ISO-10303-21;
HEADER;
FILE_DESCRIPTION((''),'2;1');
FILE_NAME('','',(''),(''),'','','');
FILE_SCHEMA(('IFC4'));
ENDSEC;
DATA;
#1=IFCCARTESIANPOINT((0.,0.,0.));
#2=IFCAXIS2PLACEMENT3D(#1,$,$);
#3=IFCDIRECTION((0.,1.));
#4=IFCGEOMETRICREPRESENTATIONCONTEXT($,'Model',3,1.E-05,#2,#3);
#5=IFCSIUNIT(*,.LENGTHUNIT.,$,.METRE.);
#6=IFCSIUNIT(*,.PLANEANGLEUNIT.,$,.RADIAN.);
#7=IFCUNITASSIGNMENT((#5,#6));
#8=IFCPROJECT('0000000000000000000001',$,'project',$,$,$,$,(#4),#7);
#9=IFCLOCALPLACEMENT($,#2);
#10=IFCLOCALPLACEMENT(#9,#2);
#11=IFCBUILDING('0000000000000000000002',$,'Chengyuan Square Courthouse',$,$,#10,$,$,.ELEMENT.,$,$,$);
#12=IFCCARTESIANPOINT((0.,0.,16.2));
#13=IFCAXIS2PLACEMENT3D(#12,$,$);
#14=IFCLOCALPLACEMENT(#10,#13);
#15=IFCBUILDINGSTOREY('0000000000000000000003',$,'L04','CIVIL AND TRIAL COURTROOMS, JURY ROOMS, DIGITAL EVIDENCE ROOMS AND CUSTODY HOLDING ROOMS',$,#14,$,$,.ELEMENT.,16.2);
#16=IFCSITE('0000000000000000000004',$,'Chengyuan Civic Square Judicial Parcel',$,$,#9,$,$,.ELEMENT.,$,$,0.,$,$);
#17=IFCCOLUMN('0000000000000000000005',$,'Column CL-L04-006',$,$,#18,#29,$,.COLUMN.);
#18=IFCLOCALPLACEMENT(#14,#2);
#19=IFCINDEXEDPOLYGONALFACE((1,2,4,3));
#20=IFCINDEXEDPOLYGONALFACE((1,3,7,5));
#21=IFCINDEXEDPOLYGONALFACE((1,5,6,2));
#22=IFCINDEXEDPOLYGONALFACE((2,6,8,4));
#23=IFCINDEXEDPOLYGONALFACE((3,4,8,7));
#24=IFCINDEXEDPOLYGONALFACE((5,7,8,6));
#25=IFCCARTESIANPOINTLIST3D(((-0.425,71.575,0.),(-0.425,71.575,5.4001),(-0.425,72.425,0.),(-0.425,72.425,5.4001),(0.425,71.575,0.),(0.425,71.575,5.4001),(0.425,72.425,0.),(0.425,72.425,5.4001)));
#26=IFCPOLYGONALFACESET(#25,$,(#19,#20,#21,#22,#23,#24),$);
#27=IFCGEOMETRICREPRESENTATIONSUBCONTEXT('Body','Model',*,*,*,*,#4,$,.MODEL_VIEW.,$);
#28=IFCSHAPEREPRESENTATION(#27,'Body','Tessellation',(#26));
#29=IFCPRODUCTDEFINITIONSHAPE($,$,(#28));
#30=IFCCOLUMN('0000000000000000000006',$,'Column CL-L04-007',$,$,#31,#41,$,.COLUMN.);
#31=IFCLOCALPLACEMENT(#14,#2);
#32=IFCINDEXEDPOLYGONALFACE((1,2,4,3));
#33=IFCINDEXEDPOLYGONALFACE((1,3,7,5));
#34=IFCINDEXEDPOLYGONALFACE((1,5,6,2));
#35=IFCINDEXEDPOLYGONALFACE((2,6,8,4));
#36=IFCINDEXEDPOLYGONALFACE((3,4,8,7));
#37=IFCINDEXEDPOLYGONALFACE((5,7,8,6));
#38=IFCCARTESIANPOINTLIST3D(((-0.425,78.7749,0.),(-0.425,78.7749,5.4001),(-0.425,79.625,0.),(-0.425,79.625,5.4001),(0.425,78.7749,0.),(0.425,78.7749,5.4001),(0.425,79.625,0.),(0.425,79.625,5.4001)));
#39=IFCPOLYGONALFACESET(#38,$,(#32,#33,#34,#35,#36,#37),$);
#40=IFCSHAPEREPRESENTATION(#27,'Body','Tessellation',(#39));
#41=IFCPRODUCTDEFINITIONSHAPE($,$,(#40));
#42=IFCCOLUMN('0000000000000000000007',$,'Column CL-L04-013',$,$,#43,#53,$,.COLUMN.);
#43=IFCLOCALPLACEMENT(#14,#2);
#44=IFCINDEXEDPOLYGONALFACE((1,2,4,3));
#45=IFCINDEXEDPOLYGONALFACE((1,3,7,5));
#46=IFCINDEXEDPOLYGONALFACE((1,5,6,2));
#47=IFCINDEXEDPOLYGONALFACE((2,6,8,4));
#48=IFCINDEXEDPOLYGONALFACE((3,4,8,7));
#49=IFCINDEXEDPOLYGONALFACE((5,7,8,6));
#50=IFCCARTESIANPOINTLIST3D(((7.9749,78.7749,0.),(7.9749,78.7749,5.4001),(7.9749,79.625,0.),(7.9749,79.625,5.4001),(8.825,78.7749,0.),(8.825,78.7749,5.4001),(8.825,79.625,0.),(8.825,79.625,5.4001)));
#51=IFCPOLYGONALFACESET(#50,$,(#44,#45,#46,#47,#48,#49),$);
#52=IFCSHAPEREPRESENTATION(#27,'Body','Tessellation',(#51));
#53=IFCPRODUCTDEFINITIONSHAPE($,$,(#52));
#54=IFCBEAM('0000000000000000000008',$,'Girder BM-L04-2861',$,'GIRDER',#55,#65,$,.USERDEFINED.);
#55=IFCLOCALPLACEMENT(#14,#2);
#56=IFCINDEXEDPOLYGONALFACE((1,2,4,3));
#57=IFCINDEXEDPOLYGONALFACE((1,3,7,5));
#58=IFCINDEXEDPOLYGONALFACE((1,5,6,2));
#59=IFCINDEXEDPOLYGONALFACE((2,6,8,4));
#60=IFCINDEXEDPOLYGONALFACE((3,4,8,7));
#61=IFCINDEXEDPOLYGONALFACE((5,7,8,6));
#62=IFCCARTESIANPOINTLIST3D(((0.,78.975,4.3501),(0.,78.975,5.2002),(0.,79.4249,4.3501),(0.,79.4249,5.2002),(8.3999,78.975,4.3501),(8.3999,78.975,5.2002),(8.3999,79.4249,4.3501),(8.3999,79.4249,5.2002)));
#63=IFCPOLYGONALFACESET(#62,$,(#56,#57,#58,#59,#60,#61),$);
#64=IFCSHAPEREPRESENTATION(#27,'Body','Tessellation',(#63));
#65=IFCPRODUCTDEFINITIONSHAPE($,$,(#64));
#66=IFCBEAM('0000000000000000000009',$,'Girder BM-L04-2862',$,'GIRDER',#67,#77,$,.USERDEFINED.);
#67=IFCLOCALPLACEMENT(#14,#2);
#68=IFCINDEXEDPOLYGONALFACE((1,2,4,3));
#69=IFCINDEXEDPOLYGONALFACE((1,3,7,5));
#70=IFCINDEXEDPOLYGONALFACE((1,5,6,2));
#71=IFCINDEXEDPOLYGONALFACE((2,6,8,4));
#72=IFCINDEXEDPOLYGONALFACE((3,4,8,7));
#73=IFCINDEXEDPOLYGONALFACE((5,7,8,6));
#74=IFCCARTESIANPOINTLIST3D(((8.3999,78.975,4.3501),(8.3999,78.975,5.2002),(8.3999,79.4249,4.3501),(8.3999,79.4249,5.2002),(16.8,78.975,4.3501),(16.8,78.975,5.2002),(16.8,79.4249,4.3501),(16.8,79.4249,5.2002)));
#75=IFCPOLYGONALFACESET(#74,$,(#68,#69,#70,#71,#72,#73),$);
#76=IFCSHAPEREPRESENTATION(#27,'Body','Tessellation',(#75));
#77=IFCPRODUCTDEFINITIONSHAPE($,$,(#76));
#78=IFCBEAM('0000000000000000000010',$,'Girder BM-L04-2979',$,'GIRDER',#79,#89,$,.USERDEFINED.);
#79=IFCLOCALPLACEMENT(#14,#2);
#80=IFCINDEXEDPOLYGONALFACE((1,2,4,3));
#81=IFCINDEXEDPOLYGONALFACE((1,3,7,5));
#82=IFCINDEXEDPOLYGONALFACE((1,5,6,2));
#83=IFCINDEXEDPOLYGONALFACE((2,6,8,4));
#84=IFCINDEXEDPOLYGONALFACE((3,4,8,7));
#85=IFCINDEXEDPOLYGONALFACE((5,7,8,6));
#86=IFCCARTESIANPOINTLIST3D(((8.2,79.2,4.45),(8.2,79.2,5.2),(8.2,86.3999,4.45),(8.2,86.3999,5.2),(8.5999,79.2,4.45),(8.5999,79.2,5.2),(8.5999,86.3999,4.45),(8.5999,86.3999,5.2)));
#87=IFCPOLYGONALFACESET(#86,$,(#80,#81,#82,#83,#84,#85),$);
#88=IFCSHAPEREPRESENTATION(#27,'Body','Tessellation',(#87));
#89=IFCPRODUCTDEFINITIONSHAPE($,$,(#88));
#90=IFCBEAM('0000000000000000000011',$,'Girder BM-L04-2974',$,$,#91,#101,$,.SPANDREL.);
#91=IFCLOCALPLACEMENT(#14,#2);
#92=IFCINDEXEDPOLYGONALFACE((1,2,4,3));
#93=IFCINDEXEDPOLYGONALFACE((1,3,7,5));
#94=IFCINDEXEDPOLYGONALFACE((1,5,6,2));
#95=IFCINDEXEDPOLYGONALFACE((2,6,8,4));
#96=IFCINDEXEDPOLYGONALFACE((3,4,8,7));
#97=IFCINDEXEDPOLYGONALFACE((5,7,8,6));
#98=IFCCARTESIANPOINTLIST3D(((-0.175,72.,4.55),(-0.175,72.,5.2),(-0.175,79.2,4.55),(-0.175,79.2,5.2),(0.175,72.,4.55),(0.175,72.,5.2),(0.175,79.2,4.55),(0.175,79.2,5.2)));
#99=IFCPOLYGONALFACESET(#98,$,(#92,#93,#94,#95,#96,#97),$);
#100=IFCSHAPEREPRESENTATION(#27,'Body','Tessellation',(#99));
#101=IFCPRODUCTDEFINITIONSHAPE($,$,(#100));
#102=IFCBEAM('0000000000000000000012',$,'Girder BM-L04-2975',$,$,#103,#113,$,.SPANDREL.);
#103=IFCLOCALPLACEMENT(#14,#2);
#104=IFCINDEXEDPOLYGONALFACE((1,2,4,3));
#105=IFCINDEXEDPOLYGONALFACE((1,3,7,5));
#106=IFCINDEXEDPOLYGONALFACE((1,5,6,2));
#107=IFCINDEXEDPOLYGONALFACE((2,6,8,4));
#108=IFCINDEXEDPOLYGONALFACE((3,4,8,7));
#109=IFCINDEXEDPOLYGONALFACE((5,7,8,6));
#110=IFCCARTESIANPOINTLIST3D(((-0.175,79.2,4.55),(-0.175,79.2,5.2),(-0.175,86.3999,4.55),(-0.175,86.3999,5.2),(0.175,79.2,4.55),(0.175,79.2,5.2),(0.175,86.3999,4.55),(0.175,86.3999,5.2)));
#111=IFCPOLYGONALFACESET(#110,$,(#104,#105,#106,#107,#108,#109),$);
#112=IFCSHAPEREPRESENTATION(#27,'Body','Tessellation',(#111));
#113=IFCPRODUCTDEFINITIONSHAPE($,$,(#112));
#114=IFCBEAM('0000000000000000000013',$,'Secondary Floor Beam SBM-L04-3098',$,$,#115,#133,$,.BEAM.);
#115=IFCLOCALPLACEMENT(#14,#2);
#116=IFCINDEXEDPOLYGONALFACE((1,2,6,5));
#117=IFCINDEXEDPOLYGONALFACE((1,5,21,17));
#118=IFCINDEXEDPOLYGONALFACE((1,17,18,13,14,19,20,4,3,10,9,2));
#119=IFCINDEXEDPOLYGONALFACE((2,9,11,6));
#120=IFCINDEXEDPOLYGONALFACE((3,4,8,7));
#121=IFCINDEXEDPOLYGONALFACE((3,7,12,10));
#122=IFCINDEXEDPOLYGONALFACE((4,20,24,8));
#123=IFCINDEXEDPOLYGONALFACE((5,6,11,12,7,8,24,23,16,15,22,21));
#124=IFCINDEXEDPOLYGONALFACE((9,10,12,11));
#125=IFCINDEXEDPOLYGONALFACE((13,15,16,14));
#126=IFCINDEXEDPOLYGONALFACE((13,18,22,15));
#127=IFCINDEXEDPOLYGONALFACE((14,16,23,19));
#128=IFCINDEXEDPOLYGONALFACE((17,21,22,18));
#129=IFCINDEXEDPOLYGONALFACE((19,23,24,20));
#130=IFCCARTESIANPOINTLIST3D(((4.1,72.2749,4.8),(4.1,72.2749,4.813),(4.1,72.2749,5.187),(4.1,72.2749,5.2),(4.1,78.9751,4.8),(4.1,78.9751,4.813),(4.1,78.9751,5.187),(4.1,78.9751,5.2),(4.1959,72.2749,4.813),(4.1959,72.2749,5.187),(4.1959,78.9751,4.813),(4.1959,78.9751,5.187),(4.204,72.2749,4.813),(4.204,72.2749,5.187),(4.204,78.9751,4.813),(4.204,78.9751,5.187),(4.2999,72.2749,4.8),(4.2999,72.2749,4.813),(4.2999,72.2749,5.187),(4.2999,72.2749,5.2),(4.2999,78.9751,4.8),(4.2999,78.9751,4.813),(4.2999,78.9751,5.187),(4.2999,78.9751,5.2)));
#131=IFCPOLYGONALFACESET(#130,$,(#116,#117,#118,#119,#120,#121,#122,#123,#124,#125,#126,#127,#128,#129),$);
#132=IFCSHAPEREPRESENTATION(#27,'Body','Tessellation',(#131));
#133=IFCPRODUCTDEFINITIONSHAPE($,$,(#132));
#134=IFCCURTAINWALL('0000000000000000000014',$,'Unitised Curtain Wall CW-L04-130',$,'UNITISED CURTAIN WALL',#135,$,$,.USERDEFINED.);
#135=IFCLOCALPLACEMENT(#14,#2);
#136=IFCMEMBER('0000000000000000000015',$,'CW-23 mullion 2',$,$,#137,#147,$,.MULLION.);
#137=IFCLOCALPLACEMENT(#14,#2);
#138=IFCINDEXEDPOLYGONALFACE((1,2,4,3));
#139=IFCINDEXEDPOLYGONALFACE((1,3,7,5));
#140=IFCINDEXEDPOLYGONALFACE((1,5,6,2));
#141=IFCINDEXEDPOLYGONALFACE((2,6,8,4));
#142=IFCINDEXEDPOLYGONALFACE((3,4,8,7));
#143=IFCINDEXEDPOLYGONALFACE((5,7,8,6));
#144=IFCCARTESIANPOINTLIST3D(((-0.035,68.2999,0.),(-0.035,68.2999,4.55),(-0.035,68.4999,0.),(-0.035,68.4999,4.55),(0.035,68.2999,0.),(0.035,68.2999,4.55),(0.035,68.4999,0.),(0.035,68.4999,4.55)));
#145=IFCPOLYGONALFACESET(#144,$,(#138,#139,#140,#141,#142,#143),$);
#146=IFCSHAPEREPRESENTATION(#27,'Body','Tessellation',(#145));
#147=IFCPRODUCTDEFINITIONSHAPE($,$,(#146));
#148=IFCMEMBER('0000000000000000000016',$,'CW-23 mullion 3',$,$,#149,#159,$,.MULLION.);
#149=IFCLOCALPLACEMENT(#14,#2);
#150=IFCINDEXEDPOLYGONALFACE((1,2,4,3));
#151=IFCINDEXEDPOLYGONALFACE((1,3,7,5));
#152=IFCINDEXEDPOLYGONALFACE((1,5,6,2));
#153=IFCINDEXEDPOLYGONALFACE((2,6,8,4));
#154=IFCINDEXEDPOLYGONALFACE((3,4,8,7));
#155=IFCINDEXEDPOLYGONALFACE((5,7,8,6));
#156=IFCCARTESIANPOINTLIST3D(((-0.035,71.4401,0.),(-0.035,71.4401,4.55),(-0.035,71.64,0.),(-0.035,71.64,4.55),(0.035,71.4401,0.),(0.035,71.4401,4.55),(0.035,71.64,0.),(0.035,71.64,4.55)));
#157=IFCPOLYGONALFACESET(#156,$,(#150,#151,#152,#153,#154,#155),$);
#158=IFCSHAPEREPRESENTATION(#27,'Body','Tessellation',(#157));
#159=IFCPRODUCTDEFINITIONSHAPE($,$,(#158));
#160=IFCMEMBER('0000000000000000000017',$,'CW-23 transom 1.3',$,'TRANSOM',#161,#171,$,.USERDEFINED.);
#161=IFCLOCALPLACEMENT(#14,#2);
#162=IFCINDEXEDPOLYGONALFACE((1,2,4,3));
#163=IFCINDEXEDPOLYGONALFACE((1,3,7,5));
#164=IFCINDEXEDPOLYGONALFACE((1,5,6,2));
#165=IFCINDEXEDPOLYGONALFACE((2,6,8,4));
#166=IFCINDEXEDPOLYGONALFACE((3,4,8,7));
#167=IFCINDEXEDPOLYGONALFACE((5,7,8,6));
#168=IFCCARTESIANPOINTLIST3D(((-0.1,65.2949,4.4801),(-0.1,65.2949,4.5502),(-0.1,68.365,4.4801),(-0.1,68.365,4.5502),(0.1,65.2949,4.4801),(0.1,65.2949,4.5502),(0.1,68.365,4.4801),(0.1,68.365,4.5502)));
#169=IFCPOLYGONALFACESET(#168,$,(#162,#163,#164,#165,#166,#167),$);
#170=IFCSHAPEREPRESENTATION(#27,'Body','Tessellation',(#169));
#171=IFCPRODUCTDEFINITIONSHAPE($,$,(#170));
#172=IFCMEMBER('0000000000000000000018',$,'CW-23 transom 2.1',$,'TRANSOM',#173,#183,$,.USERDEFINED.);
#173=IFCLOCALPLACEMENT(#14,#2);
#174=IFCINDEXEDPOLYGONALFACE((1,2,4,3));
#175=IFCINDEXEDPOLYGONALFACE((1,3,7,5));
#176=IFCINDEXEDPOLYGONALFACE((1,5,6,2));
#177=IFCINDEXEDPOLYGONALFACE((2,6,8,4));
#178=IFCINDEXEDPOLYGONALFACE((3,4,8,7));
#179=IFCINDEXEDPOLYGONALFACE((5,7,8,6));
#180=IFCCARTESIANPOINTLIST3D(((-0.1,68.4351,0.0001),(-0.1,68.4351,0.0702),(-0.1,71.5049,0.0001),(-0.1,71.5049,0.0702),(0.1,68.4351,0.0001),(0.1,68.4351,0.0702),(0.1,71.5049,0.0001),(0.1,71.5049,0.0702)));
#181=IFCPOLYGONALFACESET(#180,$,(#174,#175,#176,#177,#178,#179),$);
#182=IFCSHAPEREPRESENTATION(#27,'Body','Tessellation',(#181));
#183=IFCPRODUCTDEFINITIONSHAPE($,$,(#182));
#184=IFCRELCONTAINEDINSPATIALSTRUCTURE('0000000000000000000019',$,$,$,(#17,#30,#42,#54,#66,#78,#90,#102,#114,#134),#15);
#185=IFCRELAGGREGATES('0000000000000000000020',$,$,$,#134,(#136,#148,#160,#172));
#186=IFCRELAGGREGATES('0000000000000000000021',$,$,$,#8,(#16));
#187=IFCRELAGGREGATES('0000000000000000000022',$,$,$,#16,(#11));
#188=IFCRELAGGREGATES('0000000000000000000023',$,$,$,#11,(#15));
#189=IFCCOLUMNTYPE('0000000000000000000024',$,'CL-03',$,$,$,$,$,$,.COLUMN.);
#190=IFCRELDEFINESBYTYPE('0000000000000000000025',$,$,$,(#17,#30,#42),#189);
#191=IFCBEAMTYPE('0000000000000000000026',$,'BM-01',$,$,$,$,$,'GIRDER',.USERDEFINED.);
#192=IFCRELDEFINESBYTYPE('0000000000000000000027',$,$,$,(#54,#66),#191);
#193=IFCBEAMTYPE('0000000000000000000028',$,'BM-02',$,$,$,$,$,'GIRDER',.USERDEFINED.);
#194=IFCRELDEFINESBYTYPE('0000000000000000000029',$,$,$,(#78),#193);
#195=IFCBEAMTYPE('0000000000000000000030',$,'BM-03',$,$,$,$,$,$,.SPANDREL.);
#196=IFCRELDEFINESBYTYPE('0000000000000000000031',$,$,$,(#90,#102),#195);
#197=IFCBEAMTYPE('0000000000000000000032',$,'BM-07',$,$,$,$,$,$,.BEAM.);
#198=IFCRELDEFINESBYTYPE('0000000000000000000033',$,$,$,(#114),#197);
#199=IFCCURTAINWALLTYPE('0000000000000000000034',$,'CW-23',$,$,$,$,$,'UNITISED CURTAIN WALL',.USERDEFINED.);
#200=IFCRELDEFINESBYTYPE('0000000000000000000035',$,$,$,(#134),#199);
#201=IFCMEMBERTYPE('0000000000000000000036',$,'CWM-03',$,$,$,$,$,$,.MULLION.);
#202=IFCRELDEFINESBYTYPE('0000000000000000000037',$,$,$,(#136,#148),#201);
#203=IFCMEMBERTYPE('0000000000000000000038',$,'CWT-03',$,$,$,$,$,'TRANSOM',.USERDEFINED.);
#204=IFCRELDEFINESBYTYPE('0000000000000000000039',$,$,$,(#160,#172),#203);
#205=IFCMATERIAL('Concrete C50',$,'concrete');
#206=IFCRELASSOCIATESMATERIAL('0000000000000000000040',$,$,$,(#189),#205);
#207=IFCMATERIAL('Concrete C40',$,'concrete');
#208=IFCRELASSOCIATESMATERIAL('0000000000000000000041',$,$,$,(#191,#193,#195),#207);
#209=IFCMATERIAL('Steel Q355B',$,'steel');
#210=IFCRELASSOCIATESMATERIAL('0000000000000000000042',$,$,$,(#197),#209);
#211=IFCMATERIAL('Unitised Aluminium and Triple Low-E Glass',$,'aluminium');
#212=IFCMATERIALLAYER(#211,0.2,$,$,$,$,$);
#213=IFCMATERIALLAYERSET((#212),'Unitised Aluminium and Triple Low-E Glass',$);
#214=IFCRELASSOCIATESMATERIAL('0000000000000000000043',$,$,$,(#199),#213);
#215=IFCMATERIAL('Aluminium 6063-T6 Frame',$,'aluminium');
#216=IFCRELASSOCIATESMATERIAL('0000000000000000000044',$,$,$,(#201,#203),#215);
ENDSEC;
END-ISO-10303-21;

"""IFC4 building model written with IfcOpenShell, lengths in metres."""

from ifc_helpers import new_model, si_unit, direction, frame, origin, origin_2d, place, context, subcontext, project, spatial, rectangle, i_section, extrude, material, layer, layer_set, material_profile, profile_set, type_object, element, aggregate, save


model = new_model("IFC4")

# Units and contexts
model_context = context("Model", 3, precision=1e-05, world=origin(), true_north=direction((0.0, 1.0)))
body_context = subcontext(model_context, "Body", "Model", "MODEL_VIEW")
ifc_project = project(units=[si_unit("LENGTHUNIT", "METRE"), si_unit("PLANEANGLEUNIT", "RADIAN")], contexts=[model_context])

# Site, building, storey
site_placement = place(None, origin())
site = spatial("IfcSite", under=ifc_project, at=site_placement, Name="Chengyuan Civic Square Judicial Parcel", CompositionType="ELEMENT", RefElevation=0.0)
building_placement = place(site_placement, origin())
building = spatial("IfcBuilding", under=site, at=building_placement, Name="Chengyuan Square Courthouse", CompositionType="ELEMENT")
storey_placement = place(building_placement, frame((0.0, 0.0, 16.2)))
storey = spatial("IfcBuildingStorey", under=building, at=storey_placement, Name="L04", Description="CIVIL AND TRIAL COURTROOMS, JURY ROOMS, DIGITAL EVIDENCE ROOMS AND CUSTODY HOLDING ROOMS", CompositionType="ELEMENT", Elevation=16.2)

# Columns
ifc_material_1 = material(Name="Concrete C50", Category="concrete")
ifc_material_profile_1 = material_profile(ifc_material_1, rectangle(XDim=0.8501, YDim=0.8501, at=origin_2d()), Name="RC-COL-850x850")
ifc_profile_set_1 = profile_set([ifc_material_profile_1], Name="Concrete C50")
column_type = type_object("IfcColumnType", Name="CL-03", PredefinedType="COLUMN", material=ifc_profile_set_1)
for number, where, z_axis, x_axis, name in (
    (1, (0.0, 72.0, 0.0), (0.0, 0.0, 1.0), (1.0, 0.0, 0.0), "Column CL-L04-006"),
    (2, (0.0, 79.2, 0.0), (0.0, 0.0, 1.0), (1.0, 0.0, 0.0), "Column CL-L04-007"),
    (3, (8.3999, 79.2, 0.0), (0.0, 0.0, 1.0), (1.0, 0.0, 0.0), "Column CL-L04-013"),
):
    element("IfcColumn", number, at=place(storey_placement, frame(where, z_axis=z_axis, x_axis=x_axis)), inside=storey, type_object=column_type, Name=name, PredefinedType="COLUMN", context=body_context, shape_type="SweptSolid", body=[
        extrude(rectangle(XDim=0.8501, YDim=0.8501, at=origin_2d()), origin(), (0.0, 0.0, 1.0), 5.4001),
    ])

# Beams
ifc_material_2 = material(Name="Concrete C40", Category="concrete")
ifc_material_profile_2 = material_profile(ifc_material_2, rectangle(XDim=0.45, YDim=0.8501, at=origin_2d()), Name="RC-BM-450x850")
ifc_profile_set_2 = profile_set([ifc_material_profile_2], Name="Concrete C40")
beam_type_1 = type_object("IfcBeamType", Name="BM-01", ElementType="GIRDER", PredefinedType="USERDEFINED", material=ifc_profile_set_2)
beam_1_placement = place(storey_placement, frame((0.0, 79.2, 4.7751), z_axis=(1.0, 0.0, 0.0), x_axis=(0.0, 1.0, 0.0)))
element("IfcBeam", 4, at=beam_1_placement, inside=storey, type_object=beam_type_1, Name="Girder BM-L04-2861", ObjectType="GIRDER", PredefinedType="USERDEFINED", context=body_context, shape_type="SweptSolid", body=[
    extrude(rectangle(XDim=0.45, YDim=0.8501, at=origin_2d()), origin(), (0.0, 0.0, 1.0), 8.3999),
])
beam_2_placement = place(storey_placement, frame((8.3999, 79.2, 4.7751), z_axis=(1.0, 0.0, 0.0), x_axis=(0.0, 1.0, 0.0)))
element("IfcBeam", 5, at=beam_2_placement, inside=storey, type_object=beam_type_1, Name="Girder BM-L04-2862", ObjectType="GIRDER", PredefinedType="USERDEFINED", context=body_context, shape_type="SweptSolid", body=[
    extrude(rectangle(XDim=0.45, YDim=0.8501, at=origin_2d()), origin(), (0.0, 0.0, 1.0), 8.4001),
])
ifc_material_profile_3 = material_profile(ifc_material_2, rectangle(XDim=0.3999, YDim=0.75, at=origin_2d()), Name="RC-BM-400x750")
ifc_profile_set_3 = profile_set([ifc_material_profile_3], Name="Concrete C40")
beam_type_2 = type_object("IfcBeamType", Name="BM-02", ElementType="GIRDER", PredefinedType="USERDEFINED", material=ifc_profile_set_3)
beam_3_placement = place(storey_placement, frame((8.3999, 79.2, 4.825), z_axis=(0.0, 1.0, 0.0), x_axis=(-1.0, 0.0, 0.0)))
element("IfcBeam", 6, at=beam_3_placement, inside=storey, type_object=beam_type_2, Name="Girder BM-L04-2979", ObjectType="GIRDER", PredefinedType="USERDEFINED", context=body_context, shape_type="SweptSolid", body=[
    extrude(rectangle(XDim=0.3999, YDim=0.75, at=origin_2d()), origin(), (0.0, 0.0, 1.0), 7.2),
])
ifc_material_profile_4 = material_profile(ifc_material_2, rectangle(XDim=0.3501, YDim=0.6499, at=origin_2d()), Name="RC-BM-350x650")
ifc_profile_set_4 = profile_set([ifc_material_profile_4], Name="Concrete C40")
beam_type_3 = type_object("IfcBeamType", Name="BM-03", PredefinedType="SPANDREL", material=ifc_profile_set_4)
for number, where, z_axis, x_axis, name in (
    (7, (0.0, 72.0, 4.875), (0.0, 1.0, 0.0), (-1.0, 0.0, 0.0), "Girder BM-L04-2974"),
    (8, (0.0, 79.2, 4.875), (0.0, 1.0, 0.0), (-1.0, 0.0, 0.0), "Girder BM-L04-2975"),
):
    element("IfcBeam", number, at=place(storey_placement, frame(where, z_axis=z_axis, x_axis=x_axis)), inside=storey, type_object=beam_type_3, Name=name, PredefinedType="SPANDREL", context=body_context, shape_type="SweptSolid", body=[
        extrude(rectangle(XDim=0.3501, YDim=0.6499, at=origin_2d()), origin(), (0.0, 0.0, 1.0), 7.2),
    ])
ifc_material_3 = material(Name="Steel Q355B", Category="steel")
ifc_material_profile_5 = material_profile(ifc_material_3, i_section(OverallWidth=0.2, OverallDepth=0.3999, WebThickness=0.0081, FlangeThickness=0.0129, at=origin_2d()), Name="HN 400x200x8x13")
ifc_profile_set_5 = profile_set([ifc_material_profile_5], Name="Steel Q355B")
beam_type_4 = type_object("IfcBeamType", Name="BM-07", PredefinedType="BEAM", material=ifc_profile_set_5)
beam_4_placement = place(storey_placement, frame((4.2, 72.2749, 5.0), z_axis=(0.0, 1.0, 0.0), x_axis=(-1.0, 0.0, 0.0)))
element("IfcBeam", 9, at=beam_4_placement, inside=storey, type_object=beam_type_4, Name="Secondary Floor Beam SBM-L04-3098", PredefinedType="BEAM", context=body_context, shape_type="SweptSolid", body=[
    extrude(i_section(OverallWidth=0.2, OverallDepth=0.3999, WebThickness=0.0081, FlangeThickness=0.0129, at=origin_2d()), origin(), (0.0, 0.0, 1.0), 6.7002),
])

# Curtain wall, members
ifc_material_4 = material(Name="Unitised Aluminium and Triple Low-E Glass", Category="aluminium")
ifc_layer_1 = layer(ifc_material_4, 0.2)
ifc_layer_set_1 = layer_set([ifc_layer_1], Name="Unitised Aluminium and Triple Low-E Glass")
curtain_wall_type = type_object("IfcCurtainWallType", Name="CW-23", ElementType="UNITISED CURTAIN WALL", PredefinedType="USERDEFINED", material=ifc_layer_set_1)
curtain_wall_placement = place(storey_placement, origin())
curtain_wall = element("IfcCurtainWall", 10, at=curtain_wall_placement, inside=storey, type_object=curtain_wall_type, Name="Unitised Curtain Wall CW-L04-130", ObjectType="UNITISED CURTAIN WALL", PredefinedType="USERDEFINED")
ifc_material_5 = material(Name="Aluminium 6063-T6 Frame", Category="aluminium")
ifc_material_profile_6 = material_profile(ifc_material_5, rectangle(XDim=0.0701, YDim=0.2, at=origin_2d()), Name="CW-MUL-70x200")
ifc_profile_set_6 = profile_set([ifc_material_profile_6], Name="Aluminium 6063-T6 Frame")
member_type_1 = type_object("IfcMemberType", Name="CWM-03", PredefinedType="MULLION", material=ifc_profile_set_6)
member_1_placement = place(storey_placement, frame((0.0, 68.3999, 0.0), z_axis=(0.0, 0.0, 1.0), x_axis=(-1.0, 0.0, 0.0)))
member_1 = element("IfcMember", 11, at=member_1_placement, type_object=member_type_1, Name="CW-23 mullion 2", PredefinedType="MULLION", context=body_context, shape_type="SweptSolid", body=[
    extrude(rectangle(XDim=0.0701, YDim=0.2, at=origin_2d()), origin(), (0.0, 0.0, 1.0), 4.55),
])
member_2_placement = place(storey_placement, frame((0.0, 71.54, 0.0), z_axis=(0.0, 0.0, 1.0), x_axis=(-1.0, 0.0, 0.0)))
member_2 = element("IfcMember", 12, at=member_2_placement, type_object=member_type_1, Name="CW-23 mullion 3", PredefinedType="MULLION", context=body_context, shape_type="SweptSolid", body=[
    extrude(rectangle(XDim=0.0701, YDim=0.2, at=origin_2d()), origin(), (0.0, 0.0, 1.0), 4.55),
])
ifc_material_profile_7 = material_profile(ifc_material_5, rectangle(XDim=0.2, YDim=0.0701, at=origin_2d()), Name="CW-TRN-70x160")
ifc_profile_set_7 = profile_set([ifc_material_profile_7], Name="Aluminium 6063-T6 Frame")
member_type_2 = type_object("IfcMemberType", Name="CWT-03", ElementType="TRANSOM", PredefinedType="USERDEFINED", material=ifc_profile_set_7)
member_3_placement = place(storey_placement, frame((0.0, 65.2949, 4.5151), z_axis=(0.0, 1.0, 0.0), x_axis=(-1.0, 0.0, 0.0)))
member_3 = element("IfcMember", 13, at=member_3_placement, type_object=member_type_2, Name="CW-23 transom 1.3", ObjectType="TRANSOM", PredefinedType="USERDEFINED", context=body_context, shape_type="SweptSolid", body=[
    extrude(rectangle(XDim=0.2, YDim=0.0701, at=origin_2d()), origin(), (0.0, 0.0, 1.0), 3.0701),
])
member_4_placement = place(storey_placement, frame((0.0, 68.4351, 0.0352), z_axis=(0.0, 1.0, 0.0), x_axis=(-1.0, 0.0, 0.0)))
member_4 = element("IfcMember", 14, at=member_4_placement, type_object=member_type_2, Name="CW-23 transom 2.1", ObjectType="TRANSOM", PredefinedType="USERDEFINED", context=body_context, shape_type="SweptSolid", body=[
    extrude(rectangle(XDim=0.2, YDim=0.0701, at=origin_2d()), origin(), (0.0, 0.0, 1.0), 3.0698),
])

aggregate(curtain_wall, [member_1, member_2, member_3, member_4])

save(model, "model.ifc")
